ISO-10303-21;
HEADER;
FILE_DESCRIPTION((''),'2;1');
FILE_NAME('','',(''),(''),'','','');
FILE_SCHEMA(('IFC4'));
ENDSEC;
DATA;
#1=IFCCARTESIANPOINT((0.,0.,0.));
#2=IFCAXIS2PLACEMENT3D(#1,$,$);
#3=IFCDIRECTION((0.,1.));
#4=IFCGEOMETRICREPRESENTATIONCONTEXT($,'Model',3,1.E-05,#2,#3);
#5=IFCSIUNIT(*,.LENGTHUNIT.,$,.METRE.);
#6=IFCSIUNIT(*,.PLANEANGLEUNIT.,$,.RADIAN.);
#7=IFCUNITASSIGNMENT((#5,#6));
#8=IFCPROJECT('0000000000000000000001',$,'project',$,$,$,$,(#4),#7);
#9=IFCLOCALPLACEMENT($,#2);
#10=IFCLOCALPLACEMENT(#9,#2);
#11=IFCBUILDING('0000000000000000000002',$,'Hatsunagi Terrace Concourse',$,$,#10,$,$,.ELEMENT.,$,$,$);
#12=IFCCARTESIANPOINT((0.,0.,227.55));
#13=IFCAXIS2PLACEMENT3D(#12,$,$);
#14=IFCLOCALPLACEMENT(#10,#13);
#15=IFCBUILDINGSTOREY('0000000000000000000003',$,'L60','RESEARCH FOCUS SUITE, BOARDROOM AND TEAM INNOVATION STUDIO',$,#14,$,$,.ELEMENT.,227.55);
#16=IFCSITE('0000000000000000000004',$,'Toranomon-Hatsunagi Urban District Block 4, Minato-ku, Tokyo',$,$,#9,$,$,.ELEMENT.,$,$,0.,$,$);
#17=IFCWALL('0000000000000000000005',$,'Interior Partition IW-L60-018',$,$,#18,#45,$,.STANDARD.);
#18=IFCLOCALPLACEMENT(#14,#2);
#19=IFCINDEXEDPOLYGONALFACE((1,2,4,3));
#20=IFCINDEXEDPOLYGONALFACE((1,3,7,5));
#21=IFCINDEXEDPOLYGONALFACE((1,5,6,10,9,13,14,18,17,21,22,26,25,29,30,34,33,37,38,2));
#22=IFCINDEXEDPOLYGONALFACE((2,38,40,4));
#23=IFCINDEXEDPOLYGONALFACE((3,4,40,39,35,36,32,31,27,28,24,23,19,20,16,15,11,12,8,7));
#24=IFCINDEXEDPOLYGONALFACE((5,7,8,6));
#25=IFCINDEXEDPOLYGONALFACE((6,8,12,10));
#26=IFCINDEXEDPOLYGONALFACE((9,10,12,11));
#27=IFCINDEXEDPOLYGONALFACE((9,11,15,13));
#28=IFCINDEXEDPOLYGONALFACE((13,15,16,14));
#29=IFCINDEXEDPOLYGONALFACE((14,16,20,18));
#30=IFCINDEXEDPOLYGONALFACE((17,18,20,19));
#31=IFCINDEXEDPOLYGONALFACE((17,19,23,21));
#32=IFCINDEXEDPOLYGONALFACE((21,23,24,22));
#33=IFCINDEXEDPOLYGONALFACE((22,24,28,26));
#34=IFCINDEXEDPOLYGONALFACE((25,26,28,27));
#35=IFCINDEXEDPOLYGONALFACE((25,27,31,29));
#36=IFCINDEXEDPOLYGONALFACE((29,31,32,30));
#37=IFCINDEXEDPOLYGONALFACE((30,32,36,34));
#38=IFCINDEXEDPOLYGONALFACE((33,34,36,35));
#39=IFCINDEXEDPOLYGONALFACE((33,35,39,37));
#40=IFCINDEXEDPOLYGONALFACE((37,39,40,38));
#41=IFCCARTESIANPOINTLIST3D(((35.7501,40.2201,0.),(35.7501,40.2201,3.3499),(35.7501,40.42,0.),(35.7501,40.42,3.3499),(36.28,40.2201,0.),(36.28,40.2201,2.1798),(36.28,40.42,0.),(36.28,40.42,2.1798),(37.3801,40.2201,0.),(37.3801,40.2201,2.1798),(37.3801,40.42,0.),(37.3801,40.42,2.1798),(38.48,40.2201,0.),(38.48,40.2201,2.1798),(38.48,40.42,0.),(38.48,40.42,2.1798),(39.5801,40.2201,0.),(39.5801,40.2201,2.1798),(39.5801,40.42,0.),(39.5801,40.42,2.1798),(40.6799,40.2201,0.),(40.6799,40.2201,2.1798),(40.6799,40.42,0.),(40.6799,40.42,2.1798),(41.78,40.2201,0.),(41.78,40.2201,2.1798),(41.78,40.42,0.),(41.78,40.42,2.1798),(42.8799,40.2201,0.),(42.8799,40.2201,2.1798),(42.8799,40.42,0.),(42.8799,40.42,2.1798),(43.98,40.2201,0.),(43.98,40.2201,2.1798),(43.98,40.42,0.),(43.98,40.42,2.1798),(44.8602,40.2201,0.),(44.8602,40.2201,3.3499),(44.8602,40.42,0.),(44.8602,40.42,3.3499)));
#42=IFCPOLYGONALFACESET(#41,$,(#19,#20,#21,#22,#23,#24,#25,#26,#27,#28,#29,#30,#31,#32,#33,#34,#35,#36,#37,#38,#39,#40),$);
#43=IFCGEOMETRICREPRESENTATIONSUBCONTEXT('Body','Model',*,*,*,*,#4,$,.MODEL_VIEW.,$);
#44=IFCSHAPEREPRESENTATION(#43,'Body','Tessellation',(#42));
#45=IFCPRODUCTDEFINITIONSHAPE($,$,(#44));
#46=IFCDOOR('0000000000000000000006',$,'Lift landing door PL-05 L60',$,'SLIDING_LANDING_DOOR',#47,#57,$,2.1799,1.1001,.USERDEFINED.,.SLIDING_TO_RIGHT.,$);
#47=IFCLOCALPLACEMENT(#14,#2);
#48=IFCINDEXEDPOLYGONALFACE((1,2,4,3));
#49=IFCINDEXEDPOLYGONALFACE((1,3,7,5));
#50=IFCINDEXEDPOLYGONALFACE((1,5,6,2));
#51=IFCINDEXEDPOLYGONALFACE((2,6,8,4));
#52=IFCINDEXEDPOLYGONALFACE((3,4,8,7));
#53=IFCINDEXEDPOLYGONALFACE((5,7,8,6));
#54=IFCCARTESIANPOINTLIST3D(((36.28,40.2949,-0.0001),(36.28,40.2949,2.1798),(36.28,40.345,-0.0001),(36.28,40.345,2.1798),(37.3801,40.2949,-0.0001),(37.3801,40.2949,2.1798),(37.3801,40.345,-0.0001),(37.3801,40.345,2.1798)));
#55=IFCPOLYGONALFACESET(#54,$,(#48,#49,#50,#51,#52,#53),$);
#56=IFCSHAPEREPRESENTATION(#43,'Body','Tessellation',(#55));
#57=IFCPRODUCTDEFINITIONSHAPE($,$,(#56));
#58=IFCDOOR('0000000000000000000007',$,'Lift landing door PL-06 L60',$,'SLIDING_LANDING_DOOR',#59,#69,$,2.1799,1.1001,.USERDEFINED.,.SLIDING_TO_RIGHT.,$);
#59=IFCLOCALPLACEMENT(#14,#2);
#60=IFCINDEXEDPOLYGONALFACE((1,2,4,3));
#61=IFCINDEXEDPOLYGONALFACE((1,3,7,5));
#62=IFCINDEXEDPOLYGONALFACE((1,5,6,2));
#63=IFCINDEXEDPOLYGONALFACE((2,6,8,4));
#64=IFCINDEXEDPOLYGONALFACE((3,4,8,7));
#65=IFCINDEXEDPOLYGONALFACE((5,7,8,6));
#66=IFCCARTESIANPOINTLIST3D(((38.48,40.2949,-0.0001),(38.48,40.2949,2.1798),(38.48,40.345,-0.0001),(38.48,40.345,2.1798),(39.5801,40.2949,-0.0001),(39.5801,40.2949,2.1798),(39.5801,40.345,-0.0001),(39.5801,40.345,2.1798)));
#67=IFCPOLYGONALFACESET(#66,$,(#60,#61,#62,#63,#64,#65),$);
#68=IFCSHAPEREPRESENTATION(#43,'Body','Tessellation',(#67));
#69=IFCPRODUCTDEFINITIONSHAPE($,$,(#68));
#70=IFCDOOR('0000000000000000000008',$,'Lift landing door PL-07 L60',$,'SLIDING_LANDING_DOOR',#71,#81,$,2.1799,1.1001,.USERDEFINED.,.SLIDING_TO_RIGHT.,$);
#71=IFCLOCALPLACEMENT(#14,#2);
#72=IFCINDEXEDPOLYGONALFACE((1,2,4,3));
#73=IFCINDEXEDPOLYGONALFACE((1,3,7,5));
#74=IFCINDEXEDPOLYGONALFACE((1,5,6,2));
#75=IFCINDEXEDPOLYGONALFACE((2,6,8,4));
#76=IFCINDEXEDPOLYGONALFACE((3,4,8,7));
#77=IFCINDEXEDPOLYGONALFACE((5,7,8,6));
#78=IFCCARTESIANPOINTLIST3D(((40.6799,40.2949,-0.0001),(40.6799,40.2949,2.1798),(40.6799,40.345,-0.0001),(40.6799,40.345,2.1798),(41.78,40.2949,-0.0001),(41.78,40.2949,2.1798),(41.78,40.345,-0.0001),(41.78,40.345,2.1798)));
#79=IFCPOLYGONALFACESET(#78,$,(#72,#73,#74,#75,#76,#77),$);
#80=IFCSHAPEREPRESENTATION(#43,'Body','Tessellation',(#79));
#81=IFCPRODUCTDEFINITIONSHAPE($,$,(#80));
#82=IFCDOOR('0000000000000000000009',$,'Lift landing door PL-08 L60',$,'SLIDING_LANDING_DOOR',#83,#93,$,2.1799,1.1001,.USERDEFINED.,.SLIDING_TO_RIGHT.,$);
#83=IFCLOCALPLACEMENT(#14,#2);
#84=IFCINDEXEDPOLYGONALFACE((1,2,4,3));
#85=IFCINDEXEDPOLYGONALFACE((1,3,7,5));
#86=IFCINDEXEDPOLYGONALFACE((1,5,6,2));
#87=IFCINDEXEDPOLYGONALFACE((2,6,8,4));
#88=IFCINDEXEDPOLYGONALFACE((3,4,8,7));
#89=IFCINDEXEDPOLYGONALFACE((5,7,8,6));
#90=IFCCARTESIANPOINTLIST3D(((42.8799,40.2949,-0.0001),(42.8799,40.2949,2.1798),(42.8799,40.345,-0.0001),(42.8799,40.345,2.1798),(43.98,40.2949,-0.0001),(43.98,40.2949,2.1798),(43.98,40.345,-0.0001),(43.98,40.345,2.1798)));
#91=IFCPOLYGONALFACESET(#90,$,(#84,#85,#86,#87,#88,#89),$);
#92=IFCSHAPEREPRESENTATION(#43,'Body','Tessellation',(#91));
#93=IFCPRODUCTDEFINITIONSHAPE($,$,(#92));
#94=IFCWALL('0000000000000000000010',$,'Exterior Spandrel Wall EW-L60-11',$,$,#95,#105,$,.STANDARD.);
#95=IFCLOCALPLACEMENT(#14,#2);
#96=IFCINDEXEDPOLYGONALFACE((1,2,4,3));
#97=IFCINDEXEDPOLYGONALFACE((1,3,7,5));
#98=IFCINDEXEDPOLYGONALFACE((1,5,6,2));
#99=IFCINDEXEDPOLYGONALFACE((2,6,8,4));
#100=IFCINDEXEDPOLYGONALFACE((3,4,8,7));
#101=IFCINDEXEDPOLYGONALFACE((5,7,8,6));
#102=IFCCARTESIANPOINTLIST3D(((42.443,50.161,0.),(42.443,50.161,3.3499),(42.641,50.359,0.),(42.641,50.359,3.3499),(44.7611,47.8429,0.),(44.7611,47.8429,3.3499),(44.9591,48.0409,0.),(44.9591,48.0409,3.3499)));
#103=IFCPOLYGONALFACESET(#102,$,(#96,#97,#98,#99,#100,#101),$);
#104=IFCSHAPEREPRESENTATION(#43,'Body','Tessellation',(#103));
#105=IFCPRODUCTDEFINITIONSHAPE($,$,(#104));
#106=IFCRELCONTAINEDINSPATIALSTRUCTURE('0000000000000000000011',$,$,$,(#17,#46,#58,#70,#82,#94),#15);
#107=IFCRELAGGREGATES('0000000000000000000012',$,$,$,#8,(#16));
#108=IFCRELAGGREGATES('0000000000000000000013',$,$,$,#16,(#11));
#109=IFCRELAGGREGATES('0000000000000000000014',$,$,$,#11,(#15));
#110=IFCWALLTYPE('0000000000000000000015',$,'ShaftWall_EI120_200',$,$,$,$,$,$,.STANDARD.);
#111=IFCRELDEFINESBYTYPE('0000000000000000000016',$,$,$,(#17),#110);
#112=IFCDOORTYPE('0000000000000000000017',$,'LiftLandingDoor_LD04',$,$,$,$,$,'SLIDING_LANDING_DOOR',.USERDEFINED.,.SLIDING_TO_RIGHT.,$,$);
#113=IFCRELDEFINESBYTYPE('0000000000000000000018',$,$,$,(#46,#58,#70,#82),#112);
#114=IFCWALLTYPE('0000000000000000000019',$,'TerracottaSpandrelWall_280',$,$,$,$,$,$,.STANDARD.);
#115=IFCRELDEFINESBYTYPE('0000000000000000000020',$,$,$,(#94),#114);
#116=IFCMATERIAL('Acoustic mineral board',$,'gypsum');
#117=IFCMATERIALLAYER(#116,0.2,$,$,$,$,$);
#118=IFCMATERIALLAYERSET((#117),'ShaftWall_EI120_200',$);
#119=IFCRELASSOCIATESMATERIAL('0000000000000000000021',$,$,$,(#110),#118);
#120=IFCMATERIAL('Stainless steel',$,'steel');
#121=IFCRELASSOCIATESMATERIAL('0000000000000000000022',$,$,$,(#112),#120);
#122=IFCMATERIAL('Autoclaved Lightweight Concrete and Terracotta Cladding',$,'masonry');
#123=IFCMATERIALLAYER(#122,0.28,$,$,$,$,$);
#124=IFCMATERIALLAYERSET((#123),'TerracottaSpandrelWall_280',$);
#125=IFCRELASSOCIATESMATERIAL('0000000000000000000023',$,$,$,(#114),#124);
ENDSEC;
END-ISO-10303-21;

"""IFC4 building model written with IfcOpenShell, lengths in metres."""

from ifc_helpers import new_model, si_unit, direction, frame, frame_2d, origin, place, context, subcontext, project, spatial, rectangle, extrude, material, layer, layer_set, type_object, element, fill, save


model = new_model("IFC4")

# Units and contexts
model_context = context("Model", 3, precision=1e-05, world=origin(), true_north=direction((0.0, 1.0)))
body_context = subcontext(model_context, "Body", "Model", "MODEL_VIEW")
ifc_project = project(units=[si_unit("LENGTHUNIT", "METRE"), si_unit("PLANEANGLEUNIT", "RADIAN")], contexts=[model_context])

# Site, building, storey
site_placement = place(None, origin())
site = spatial("IfcSite", under=ifc_project, at=site_placement, Name="Toranomon-Hatsunagi Urban District Block 4, Minato-ku, Tokyo", CompositionType="ELEMENT", RefElevation=0.0)
building_placement = place(site_placement, origin())
building = spatial("IfcBuilding", under=site, at=building_placement, Name="Hatsunagi Terrace Concourse", CompositionType="ELEMENT")
storey_placement = place(building_placement, frame((0.0, 0.0, 227.55)))
storey = spatial("IfcBuildingStorey", under=building, at=storey_placement, Name="L60", Description="RESEARCH FOCUS SUITE, BOARDROOM AND TEAM INNOVATION STUDIO", CompositionType="ELEMENT", Elevation=227.55)

# Shared definitions
ifc_material_1 = material(Name="Acoustic mineral board", Category="gypsum")
ifc_layer_1 = layer(ifc_material_1, 0.2)
ifc_layer_set_1 = layer_set([ifc_layer_1], Name="ShaftWall_EI120_200")
wall_type_1 = type_object("IfcWallType", Name="ShaftWall_EI120_200", PredefinedType="STANDARD", material=ifc_layer_set_1)

# Wall, openings, doors
wall_1_placement = place(storey_placement, frame((35.75, 40.3201, 0.0), z_axis=(0.0, 0.0, 1.0), x_axis=(1.0, 0.0, 0.0)))
wall_1 = element("IfcWall", 1, at=wall_1_placement, inside=storey, type_object=wall_type_1, Name="Interior Partition IW-L60-018", PredefinedType="STANDARD", context=body_context, shape_type="SweptSolid", body=[
    extrude(rectangle(XDim=9.1101, YDim=0.2, at=frame_2d((4.5552, 0.0))), origin(), (0.0, 0.0, 1.0), 3.3499),
])
opening_1_placement = place(wall_1_placement, frame((0.53, 0.0, 0.0)))
opening_1 = element("IfcOpeningElement", 2, at=opening_1_placement, cuts=wall_1, PredefinedType="OPENING", context=body_context, shape_type="SweptSolid", body=[
    extrude(rectangle(XDim=1.1001, YDim=2.1799, at=frame_2d((0.55, 1.0898))), frame((0.0, 0.1099, 0.0), z_axis=(0.0, -1.0, 0.0), x_axis=(1.0, 0.0, 0.0)), (0.0, 0.0, 1.0), 0.22),
])
opening_2_placement = place(wall_1_placement, frame((2.73, 0.0, 0.0)))
opening_2 = element("IfcOpeningElement", 3, at=opening_2_placement, cuts=wall_1, PredefinedType="OPENING", context=body_context, shape_type="SweptSolid", body=[
    extrude(rectangle(XDim=1.1001, YDim=2.1799, at=frame_2d((0.55, 1.0898))), frame((0.0, 0.1099, 0.0), z_axis=(0.0, -1.0, 0.0), x_axis=(1.0, 0.0, 0.0)), (0.0, 0.0, 1.0), 0.22),
])
opening_3_placement = place(wall_1_placement, frame((4.9299, 0.0, 0.0)))
opening_3 = element("IfcOpeningElement", 4, at=opening_3_placement, cuts=wall_1, PredefinedType="OPENING", context=body_context, shape_type="SweptSolid", body=[
    extrude(rectangle(XDim=1.1001, YDim=2.1799, at=frame_2d((0.55, 1.0898))), frame((0.0, 0.1099, 0.0), z_axis=(0.0, -1.0, 0.0), x_axis=(1.0, 0.0, 0.0)), (0.0, 0.0, 1.0), 0.22),
])
opening_4_placement = place(wall_1_placement, frame((7.1299, 0.0, 0.0)))
opening_4 = element("IfcOpeningElement", 5, at=opening_4_placement, cuts=wall_1, PredefinedType="OPENING", context=body_context, shape_type="SweptSolid", body=[
    extrude(rectangle(XDim=1.1001, YDim=2.1799, at=frame_2d((0.55, 1.0898))), frame((0.0, 0.1099, 0.0), z_axis=(0.0, -1.0, 0.0), x_axis=(1.0, 0.0, 0.0)), (0.0, 0.0, 1.0), 0.22),
])
ifc_material_2 = material(Name="Stainless steel", Category="steel")
door_type_1 = type_object("IfcDoorType", Name="LiftLandingDoor_LD04", ElementType="SLIDING_LANDING_DOOR", OperationType="SLIDING_TO_RIGHT", PredefinedType="USERDEFINED", material=ifc_material_2)
door_1_placement = place(opening_1_placement, origin())
door_1 = element("IfcDoor", 6, at=door_1_placement, inside=storey, type_object=door_type_1, Name="Lift landing door PL-05 L60", ObjectType="SLIDING_LANDING_DOOR", OperationType="SLIDING_TO_RIGHT", OverallHeight=2.1799, OverallWidth=1.1001, PredefinedType="USERDEFINED", context=body_context, shape_type="SweptSolid", body=[
    extrude(rectangle(XDim=1.1001, YDim=2.1799, at=frame_2d((0.55, 1.0898))), frame((0.0, 0.0249, 0.0), z_axis=(0.0, -1.0, 0.0), x_axis=(1.0, 0.0, 0.0)), (0.0, 0.0, 1.0), 0.05),
])
fill(opening_1, door_1)
door_2_placement = place(opening_2_placement, origin())
door_2 = element("IfcDoor", 7, at=door_2_placement, inside=storey, type_object=door_type_1, Name="Lift landing door PL-06 L60", ObjectType="SLIDING_LANDING_DOOR", OperationType="SLIDING_TO_RIGHT", OverallHeight=2.1799, OverallWidth=1.1001, PredefinedType="USERDEFINED", context=body_context, shape_type="SweptSolid", body=[
    extrude(rectangle(XDim=1.1001, YDim=2.1799, at=frame_2d((0.55, 1.0898))), frame((0.0, 0.0249, 0.0), z_axis=(0.0, -1.0, 0.0), x_axis=(1.0, 0.0, 0.0)), (0.0, 0.0, 1.0), 0.05),
])
fill(opening_2, door_2)
door_3_placement = place(opening_3_placement, origin())
door_3 = element("IfcDoor", 8, at=door_3_placement, inside=storey, type_object=door_type_1, Name="Lift landing door PL-07 L60", ObjectType="SLIDING_LANDING_DOOR", OperationType="SLIDING_TO_RIGHT", OverallHeight=2.1799, OverallWidth=1.1001, PredefinedType="USERDEFINED", context=body_context, shape_type="SweptSolid", body=[
    extrude(rectangle(XDim=1.1001, YDim=2.1799, at=frame_2d((0.55, 1.0898))), frame((0.0, 0.0249, 0.0), z_axis=(0.0, -1.0, 0.0), x_axis=(1.0, 0.0, 0.0)), (0.0, 0.0, 1.0), 0.05),
])
fill(opening_3, door_3)
door_4_placement = place(opening_4_placement, origin())
door_4 = element("IfcDoor", 9, at=door_4_placement, inside=storey, type_object=door_type_1, Name="Lift landing door PL-08 L60", ObjectType="SLIDING_LANDING_DOOR", OperationType="SLIDING_TO_RIGHT", OverallHeight=2.1799, OverallWidth=1.1001, PredefinedType="USERDEFINED", context=body_context, shape_type="SweptSolid", body=[
    extrude(rectangle(XDim=1.1001, YDim=2.1799, at=frame_2d((0.55, 1.0898))), frame((0.0, 0.0249, 0.0), z_axis=(0.0, -1.0, 0.0), x_axis=(1.0, 0.0, 0.0)), (0.0, 0.0, 1.0), 0.05),
])
fill(opening_4, door_4)

# Wall
ifc_material_3 = material(Name="Autoclaved Lightweight Concrete and Terracotta Cladding", Category="masonry")
ifc_layer_2 = layer(ifc_material_3, 0.28)
ifc_layer_set_2 = layer_set([ifc_layer_2], Name="TerracottaSpandrelWall_280")
wall_type_2 = type_object("IfcWallType", Name="TerracottaSpandrelWall_280", PredefinedType="STANDARD", material=ifc_layer_set_2)
wall_2_placement = place(storey_placement, frame((42.542, 50.26, 0.0), z_axis=(0.0, 0.0, 1.0), x_axis=(0.707107, -0.707107, 0.0)))
element("IfcWall", 10, at=wall_2_placement, inside=storey, type_object=wall_type_2, Name="Exterior Spandrel Wall EW-L60-11", PredefinedType="STANDARD", context=body_context, shape_type="SweptSolid", body=[
    extrude(rectangle(XDim=3.2783, YDim=0.28, at=frame_2d((1.6392, 0.0))), origin(), (0.0, 0.0, 1.0), 3.3499),
])

save(model, "model.ifc")
